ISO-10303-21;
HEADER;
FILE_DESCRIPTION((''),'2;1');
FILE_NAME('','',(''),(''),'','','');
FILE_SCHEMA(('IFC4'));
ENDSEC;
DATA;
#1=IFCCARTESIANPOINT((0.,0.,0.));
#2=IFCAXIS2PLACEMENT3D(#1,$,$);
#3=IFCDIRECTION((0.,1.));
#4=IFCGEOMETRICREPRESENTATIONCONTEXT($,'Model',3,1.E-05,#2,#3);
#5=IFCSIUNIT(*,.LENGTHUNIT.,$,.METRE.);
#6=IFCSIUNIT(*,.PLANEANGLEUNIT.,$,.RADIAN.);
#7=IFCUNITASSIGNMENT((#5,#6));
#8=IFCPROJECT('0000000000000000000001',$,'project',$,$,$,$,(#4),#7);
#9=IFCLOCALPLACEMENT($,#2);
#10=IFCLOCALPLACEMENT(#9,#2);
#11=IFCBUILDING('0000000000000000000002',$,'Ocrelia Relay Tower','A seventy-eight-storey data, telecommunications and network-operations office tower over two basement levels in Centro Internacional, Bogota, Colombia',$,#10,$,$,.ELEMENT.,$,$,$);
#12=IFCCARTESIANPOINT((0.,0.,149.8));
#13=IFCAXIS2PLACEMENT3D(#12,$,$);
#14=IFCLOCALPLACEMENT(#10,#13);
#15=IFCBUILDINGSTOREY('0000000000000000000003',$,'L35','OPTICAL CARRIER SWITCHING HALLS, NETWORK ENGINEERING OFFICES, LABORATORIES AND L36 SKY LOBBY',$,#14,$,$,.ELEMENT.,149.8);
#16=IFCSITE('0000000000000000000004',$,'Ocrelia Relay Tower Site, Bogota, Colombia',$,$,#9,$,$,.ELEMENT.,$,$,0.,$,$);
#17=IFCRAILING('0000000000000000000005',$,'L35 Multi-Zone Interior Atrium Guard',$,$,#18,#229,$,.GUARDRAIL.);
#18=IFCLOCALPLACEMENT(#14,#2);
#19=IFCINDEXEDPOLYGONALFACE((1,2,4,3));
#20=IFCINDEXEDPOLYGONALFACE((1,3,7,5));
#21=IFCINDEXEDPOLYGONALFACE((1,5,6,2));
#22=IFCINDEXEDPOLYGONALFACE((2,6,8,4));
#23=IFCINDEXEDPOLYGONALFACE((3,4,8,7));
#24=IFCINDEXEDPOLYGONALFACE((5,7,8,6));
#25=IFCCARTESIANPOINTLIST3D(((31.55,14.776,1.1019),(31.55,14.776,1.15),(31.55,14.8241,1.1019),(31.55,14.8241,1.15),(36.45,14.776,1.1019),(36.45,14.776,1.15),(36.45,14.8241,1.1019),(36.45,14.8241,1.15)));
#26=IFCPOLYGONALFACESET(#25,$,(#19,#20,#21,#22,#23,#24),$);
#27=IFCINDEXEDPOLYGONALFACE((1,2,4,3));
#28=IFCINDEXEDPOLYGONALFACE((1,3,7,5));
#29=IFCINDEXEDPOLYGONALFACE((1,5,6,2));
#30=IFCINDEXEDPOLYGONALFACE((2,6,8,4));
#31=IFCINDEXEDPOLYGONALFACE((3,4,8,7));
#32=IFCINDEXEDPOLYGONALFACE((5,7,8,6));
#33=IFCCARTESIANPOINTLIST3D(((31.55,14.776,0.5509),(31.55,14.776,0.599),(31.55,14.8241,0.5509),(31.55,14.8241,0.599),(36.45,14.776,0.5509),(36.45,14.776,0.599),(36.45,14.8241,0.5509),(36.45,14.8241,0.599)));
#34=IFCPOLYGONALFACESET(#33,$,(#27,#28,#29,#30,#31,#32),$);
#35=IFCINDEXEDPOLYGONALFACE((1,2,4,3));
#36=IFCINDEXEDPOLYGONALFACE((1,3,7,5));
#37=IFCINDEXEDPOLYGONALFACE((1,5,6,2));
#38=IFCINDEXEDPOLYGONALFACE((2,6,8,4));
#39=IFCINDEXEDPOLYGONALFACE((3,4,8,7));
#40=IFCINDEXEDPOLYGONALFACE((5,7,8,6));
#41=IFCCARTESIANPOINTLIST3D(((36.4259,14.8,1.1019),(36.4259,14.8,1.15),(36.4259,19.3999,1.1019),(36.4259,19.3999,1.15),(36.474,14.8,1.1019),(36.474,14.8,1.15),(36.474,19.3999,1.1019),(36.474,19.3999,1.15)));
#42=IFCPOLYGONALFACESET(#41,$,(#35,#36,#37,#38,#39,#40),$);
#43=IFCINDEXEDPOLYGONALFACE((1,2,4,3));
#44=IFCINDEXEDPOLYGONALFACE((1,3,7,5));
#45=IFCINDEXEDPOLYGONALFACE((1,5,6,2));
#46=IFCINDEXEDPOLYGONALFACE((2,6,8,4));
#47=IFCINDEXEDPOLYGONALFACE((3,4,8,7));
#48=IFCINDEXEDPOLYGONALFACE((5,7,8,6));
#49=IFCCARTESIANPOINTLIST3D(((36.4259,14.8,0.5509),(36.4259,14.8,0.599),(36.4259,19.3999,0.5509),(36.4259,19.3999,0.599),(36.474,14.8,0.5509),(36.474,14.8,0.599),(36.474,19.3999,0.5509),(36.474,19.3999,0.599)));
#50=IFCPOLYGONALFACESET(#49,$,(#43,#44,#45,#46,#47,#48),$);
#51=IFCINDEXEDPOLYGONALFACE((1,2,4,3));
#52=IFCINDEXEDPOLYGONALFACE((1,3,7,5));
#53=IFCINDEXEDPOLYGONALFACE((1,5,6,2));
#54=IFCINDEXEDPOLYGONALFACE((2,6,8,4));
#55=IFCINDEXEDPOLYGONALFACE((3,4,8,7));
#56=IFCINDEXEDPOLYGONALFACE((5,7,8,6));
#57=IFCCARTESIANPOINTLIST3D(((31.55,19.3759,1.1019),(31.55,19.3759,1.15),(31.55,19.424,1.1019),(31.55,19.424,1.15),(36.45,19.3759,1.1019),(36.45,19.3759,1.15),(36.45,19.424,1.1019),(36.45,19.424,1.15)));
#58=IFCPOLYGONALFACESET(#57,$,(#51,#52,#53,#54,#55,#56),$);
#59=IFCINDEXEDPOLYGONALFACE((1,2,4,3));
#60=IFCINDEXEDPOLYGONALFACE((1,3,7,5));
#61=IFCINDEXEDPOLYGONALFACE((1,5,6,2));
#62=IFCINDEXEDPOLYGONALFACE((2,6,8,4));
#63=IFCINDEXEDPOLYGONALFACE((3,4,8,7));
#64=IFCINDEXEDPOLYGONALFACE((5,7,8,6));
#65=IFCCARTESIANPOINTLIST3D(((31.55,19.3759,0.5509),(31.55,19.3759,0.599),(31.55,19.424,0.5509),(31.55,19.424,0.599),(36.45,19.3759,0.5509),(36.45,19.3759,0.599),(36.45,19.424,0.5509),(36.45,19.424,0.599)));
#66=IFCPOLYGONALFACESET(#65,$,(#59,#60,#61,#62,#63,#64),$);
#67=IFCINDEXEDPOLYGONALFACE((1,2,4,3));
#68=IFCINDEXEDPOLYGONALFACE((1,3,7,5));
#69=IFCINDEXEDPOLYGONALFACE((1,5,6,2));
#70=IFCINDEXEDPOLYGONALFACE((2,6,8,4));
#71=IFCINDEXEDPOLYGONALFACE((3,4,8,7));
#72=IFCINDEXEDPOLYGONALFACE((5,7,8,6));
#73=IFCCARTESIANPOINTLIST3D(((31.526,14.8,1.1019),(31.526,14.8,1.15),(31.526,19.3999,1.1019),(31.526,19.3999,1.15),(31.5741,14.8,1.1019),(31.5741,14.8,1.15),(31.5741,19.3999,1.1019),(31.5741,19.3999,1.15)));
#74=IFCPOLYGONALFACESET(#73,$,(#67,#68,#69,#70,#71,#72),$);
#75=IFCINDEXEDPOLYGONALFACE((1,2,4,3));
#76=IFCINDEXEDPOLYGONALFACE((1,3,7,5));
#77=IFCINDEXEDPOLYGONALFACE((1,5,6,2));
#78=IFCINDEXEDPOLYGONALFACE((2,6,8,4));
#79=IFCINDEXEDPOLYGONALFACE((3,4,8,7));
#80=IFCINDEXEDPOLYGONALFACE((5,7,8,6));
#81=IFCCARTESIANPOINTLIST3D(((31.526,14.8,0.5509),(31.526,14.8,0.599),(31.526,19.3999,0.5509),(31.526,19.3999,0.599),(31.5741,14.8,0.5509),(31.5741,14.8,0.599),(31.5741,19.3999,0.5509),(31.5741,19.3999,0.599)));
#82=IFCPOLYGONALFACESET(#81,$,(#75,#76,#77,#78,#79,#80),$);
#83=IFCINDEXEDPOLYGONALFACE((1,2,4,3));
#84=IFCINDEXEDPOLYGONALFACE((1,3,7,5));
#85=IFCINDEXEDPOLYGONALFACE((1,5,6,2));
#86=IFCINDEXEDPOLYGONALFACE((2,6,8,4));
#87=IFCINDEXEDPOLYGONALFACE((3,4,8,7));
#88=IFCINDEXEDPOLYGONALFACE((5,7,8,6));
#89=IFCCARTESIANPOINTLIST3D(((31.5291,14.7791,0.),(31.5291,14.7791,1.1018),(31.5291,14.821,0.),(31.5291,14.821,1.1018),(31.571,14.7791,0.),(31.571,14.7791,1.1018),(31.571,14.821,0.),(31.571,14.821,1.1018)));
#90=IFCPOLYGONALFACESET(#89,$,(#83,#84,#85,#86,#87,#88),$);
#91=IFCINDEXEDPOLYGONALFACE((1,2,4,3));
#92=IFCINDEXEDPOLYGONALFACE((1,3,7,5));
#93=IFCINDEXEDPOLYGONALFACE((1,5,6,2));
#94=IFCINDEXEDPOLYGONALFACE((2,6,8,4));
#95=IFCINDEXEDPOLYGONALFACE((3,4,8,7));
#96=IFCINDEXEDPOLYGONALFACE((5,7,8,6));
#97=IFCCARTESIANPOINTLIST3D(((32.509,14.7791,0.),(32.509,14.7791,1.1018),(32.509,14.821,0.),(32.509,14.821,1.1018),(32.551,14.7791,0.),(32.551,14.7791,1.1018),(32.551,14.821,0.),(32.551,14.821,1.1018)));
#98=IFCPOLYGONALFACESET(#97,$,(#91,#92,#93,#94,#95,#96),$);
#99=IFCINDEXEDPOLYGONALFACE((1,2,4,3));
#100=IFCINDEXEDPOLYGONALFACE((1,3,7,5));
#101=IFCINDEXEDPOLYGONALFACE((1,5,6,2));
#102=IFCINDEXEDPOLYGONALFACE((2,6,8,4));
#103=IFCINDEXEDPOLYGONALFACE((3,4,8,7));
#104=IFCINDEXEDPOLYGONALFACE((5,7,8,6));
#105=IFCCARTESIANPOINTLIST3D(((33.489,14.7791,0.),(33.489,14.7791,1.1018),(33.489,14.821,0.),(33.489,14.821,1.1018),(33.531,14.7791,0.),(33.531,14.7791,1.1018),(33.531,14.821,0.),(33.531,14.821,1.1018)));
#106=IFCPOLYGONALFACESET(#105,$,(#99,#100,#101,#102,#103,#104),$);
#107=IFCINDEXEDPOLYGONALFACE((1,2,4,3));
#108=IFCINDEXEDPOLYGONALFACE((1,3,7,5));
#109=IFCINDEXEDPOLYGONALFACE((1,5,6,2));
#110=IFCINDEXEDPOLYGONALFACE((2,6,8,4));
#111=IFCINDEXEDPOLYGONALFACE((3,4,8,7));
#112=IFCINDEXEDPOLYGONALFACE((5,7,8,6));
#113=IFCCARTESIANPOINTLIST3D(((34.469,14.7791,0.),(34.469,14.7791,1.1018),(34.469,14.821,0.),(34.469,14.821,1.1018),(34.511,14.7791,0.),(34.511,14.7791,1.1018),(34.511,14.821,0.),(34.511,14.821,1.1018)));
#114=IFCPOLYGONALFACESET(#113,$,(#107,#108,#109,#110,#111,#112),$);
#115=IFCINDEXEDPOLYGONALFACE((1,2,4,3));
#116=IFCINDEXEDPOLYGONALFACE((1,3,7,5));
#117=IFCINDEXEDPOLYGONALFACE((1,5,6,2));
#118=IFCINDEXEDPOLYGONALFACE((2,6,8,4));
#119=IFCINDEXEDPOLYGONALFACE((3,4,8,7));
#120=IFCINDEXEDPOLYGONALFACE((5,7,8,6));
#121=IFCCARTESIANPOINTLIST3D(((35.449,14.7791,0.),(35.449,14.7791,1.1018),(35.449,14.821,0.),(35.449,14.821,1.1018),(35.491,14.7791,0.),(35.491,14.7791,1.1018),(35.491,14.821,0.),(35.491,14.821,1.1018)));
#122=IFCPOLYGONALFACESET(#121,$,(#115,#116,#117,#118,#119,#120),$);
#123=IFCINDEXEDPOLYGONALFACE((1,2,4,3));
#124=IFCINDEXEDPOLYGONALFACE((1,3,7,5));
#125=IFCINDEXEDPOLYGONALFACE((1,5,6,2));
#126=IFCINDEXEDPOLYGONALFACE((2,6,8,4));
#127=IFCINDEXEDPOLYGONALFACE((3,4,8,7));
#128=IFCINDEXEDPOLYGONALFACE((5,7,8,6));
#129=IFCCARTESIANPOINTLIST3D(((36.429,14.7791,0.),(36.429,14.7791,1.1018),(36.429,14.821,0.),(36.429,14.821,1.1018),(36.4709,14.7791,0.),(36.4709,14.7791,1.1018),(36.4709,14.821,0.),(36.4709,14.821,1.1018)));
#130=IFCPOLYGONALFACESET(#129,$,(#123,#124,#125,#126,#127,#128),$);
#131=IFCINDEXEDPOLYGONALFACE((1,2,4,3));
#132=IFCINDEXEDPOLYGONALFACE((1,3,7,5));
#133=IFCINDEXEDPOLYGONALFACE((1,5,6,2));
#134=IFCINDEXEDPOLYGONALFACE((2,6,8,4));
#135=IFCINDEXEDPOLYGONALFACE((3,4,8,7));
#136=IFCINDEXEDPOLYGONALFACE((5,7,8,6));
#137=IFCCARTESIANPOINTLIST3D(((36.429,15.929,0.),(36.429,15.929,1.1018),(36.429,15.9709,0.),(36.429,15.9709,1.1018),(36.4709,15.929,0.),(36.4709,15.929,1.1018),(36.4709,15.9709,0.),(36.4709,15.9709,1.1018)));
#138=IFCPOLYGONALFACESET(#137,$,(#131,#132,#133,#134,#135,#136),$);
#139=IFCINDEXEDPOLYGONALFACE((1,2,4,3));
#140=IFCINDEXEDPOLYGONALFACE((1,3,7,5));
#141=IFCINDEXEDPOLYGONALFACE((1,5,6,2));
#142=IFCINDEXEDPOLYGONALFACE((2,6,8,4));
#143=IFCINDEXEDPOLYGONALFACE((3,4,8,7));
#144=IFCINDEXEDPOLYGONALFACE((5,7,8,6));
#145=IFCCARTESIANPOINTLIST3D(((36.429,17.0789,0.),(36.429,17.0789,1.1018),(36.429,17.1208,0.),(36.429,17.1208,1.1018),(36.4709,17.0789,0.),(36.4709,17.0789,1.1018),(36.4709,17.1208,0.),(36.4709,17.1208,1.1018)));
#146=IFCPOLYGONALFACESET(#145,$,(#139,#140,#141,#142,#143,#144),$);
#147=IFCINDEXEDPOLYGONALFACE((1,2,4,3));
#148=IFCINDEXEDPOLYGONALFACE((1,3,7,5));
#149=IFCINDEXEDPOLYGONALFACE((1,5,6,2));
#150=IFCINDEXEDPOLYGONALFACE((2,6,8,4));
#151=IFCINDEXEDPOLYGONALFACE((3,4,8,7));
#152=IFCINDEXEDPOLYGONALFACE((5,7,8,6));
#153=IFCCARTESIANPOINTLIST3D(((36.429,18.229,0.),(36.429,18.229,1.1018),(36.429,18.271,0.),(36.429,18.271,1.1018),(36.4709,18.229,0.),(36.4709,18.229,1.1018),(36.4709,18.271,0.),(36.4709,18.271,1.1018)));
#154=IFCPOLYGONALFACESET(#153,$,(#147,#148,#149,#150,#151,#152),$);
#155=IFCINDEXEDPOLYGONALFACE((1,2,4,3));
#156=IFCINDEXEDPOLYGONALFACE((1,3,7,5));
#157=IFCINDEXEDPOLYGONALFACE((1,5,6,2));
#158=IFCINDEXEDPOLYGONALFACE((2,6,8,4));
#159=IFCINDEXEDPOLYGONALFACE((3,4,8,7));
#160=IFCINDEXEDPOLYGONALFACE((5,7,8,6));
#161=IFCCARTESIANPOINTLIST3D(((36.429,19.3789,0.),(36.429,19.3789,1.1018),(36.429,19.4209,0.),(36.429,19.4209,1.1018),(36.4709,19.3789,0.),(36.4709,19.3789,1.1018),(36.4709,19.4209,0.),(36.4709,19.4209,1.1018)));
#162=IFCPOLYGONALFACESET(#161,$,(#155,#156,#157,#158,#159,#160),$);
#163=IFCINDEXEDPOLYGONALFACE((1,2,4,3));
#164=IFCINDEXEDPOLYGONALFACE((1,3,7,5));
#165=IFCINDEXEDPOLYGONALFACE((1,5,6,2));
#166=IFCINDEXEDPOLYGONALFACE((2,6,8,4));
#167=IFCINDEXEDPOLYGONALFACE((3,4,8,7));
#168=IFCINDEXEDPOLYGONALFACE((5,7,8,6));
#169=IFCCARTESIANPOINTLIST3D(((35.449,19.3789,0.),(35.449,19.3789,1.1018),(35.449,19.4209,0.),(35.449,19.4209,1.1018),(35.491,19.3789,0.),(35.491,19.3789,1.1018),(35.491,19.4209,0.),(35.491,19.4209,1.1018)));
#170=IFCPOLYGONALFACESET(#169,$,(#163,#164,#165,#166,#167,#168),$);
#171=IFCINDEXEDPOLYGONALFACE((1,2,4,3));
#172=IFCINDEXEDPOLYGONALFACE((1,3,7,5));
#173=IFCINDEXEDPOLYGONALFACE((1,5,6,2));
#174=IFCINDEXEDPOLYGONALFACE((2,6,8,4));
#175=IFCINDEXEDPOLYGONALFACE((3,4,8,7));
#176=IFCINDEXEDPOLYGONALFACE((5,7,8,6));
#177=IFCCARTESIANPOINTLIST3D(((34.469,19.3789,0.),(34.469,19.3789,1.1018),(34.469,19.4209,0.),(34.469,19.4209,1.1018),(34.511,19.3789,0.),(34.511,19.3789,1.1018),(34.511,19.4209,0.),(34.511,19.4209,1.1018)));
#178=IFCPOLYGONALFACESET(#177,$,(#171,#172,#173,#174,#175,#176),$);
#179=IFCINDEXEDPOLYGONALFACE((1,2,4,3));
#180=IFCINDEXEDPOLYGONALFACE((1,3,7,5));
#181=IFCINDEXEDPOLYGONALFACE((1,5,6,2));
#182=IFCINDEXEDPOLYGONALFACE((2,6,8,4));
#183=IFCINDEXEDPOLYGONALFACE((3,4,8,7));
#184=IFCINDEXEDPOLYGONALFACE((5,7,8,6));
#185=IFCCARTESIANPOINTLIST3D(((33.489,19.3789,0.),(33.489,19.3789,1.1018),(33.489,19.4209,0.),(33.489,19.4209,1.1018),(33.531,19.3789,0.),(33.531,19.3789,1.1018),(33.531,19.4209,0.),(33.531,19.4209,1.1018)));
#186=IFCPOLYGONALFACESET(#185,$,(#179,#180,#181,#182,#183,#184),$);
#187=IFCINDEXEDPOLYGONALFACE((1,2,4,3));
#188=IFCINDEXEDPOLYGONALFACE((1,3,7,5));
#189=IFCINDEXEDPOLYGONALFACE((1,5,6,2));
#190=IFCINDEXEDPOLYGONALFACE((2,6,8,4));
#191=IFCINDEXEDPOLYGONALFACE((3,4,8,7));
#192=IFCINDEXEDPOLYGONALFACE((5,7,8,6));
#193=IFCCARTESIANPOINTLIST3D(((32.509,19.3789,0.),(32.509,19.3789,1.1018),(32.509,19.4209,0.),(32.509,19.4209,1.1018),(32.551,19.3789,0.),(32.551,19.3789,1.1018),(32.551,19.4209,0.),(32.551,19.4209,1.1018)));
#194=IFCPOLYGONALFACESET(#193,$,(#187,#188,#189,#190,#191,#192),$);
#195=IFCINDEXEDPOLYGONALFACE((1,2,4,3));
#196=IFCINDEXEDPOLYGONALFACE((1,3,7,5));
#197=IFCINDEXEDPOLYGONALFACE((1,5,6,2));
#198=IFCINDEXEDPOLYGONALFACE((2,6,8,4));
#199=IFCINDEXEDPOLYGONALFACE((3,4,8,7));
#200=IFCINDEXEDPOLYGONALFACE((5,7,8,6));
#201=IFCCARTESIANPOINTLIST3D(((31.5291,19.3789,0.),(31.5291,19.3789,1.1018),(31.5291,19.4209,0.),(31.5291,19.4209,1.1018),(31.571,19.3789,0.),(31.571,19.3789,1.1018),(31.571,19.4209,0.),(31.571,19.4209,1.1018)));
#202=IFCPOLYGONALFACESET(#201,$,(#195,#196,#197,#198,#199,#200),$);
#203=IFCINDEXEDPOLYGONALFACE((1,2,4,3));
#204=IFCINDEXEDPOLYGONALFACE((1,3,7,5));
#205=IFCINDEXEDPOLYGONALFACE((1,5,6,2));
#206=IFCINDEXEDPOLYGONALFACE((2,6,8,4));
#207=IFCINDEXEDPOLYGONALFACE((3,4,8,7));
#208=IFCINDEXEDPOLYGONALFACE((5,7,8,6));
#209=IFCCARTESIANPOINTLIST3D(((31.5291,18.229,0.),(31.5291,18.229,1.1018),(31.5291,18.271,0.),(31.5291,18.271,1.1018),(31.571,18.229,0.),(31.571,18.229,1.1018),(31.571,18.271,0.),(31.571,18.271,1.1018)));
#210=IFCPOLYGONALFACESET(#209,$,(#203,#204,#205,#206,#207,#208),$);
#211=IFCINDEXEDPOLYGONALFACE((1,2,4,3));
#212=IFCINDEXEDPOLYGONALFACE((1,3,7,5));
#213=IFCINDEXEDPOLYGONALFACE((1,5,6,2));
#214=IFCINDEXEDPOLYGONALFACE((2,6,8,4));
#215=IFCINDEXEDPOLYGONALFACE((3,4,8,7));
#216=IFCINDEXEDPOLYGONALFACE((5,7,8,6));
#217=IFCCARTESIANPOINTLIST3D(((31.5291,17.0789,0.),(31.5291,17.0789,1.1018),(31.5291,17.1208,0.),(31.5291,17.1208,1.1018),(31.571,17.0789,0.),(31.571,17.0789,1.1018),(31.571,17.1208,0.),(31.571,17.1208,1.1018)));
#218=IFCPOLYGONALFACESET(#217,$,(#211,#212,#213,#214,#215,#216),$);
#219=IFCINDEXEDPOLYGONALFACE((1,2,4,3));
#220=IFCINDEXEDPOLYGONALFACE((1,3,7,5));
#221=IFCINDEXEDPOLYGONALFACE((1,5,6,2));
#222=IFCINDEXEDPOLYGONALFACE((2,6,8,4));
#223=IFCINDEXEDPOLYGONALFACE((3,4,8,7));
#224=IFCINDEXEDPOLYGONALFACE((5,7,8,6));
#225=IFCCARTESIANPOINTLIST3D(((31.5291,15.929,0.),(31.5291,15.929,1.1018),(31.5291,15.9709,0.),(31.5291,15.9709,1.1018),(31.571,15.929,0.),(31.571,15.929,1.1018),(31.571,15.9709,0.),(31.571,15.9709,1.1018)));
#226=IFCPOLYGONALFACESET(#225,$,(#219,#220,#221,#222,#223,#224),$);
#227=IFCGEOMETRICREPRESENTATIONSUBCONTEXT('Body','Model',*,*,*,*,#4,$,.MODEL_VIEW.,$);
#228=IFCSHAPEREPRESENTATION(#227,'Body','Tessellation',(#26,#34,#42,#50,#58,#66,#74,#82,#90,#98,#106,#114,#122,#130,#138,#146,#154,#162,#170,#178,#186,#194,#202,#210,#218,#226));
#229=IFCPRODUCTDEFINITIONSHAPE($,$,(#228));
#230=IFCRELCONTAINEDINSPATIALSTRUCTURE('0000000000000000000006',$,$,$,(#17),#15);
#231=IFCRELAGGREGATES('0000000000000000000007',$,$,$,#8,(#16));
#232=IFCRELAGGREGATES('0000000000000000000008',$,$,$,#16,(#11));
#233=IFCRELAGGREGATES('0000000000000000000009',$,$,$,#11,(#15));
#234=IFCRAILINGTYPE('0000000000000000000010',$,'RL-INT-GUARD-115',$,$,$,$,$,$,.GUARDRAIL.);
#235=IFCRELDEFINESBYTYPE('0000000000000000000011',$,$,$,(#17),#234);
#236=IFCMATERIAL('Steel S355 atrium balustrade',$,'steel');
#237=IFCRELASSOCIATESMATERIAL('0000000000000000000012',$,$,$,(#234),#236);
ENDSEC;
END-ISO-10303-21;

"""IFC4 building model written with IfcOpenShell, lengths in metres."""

from ifc_helpers import new_model, si_unit, direction, frame, origin, origin_2d, place, context, subcontext, project, spatial, rectangle, extrude, material, type_object, element, save


model = new_model("IFC4")

# Units and contexts
model_context = context("Model", 3, precision=1e-05, world=origin(), true_north=direction((0.0, 1.0)))
body_context = subcontext(model_context, "Body", "Model", "MODEL_VIEW")
ifc_project = project(units=[si_unit("LENGTHUNIT", "METRE"), si_unit("PLANEANGLEUNIT", "RADIAN")], contexts=[model_context])

# Site, building, storey
site_placement = place(None, origin())
site = spatial("IfcSite", under=ifc_project, at=site_placement, Name="Ocrelia Relay Tower Site, Bogota, Colombia", CompositionType="ELEMENT", RefElevation=0.0)
building_placement = place(site_placement, origin())
building = spatial("IfcBuilding", under=site, at=building_placement, Name="Ocrelia Relay Tower", Description="A seventy-eight-storey data, telecommunications and network-operations office tower over two basement levels in Centro Internacional, Bogota, Colombia", CompositionType="ELEMENT")
storey_placement = place(building_placement, frame((0.0, 0.0, 149.8)))
storey = spatial("IfcBuildingStorey", under=building, at=storey_placement, Name="L35", Description="OPTICAL CARRIER SWITCHING HALLS, NETWORK ENGINEERING OFFICES, LABORATORIES AND L36 SKY LOBBY", CompositionType="ELEMENT", Elevation=149.8)

# Railing
ifc_material_1 = material(Name="Steel S355 atrium balustrade", Category="steel")
railing_type_1 = type_object("IfcRailingType", Name="RL-INT-GUARD-115", PredefinedType="GUARDRAIL", material=ifc_material_1)
railing_1_placement = place(storey_placement, frame((31.55, 14.8, 0.0)))
element("IfcRailing", 1, at=railing_1_placement, inside=storey, type_object=railing_type_1, Name="L35 Multi-Zone Interior Atrium Guard", PredefinedType="GUARDRAIL", context=body_context, shape_type="SweptSolid", body=[
    extrude(rectangle(XDim=0.0481, YDim=0.0481, at=origin_2d()), frame((0.0, 0.0, 1.126), z_axis=(1.0, 0.0, 0.0), x_axis=(0.0, 1.0, 0.0)), (0.0, 0.0, 1.0), 4.8999),
    extrude(rectangle(XDim=0.0481, YDim=0.0481, at=origin_2d()), frame((0.0, 0.0, 0.575), z_axis=(1.0, 0.0, 0.0), x_axis=(0.0, 1.0, 0.0)), (0.0, 0.0, 1.0), 4.8999),
    extrude(rectangle(XDim=0.0481, YDim=0.0481, at=origin_2d()), frame((4.8999, 0.0, 1.126), z_axis=(0.0, 1.0, 0.0), x_axis=(-1.0, 0.0, 0.0)), (0.0, 0.0, 1.0), 4.5999),
    extrude(rectangle(XDim=0.0481, YDim=0.0481, at=origin_2d()), frame((4.8999, 0.0, 0.575), z_axis=(0.0, 1.0, 0.0), x_axis=(-1.0, 0.0, 0.0)), (0.0, 0.0, 1.0), 4.5999),
    extrude(rectangle(XDim=0.0481, YDim=0.0481, at=origin_2d()), frame((4.8999, 4.5999, 1.126), z_axis=(-1.0, 0.0, 0.0), x_axis=(0.0, -1.0, 0.0)), (0.0, 0.0, 1.0), 4.8999),
    extrude(rectangle(XDim=0.0481, YDim=0.0481, at=origin_2d()), frame((4.8999, 4.5999, 0.575), z_axis=(-1.0, 0.0, 0.0), x_axis=(0.0, -1.0, 0.0)), (0.0, 0.0, 1.0), 4.8999),
    extrude(rectangle(XDim=0.0481, YDim=0.0481, at=origin_2d()), frame((0.0, 4.5999, 1.126), z_axis=(0.0, -1.0, 0.0), x_axis=(1.0, 0.0, 0.0)), (0.0, 0.0, 1.0), 4.5999),
    extrude(rectangle(XDim=0.0481, YDim=0.0481, at=origin_2d()), frame((0.0, 4.5999, 0.575), z_axis=(0.0, -1.0, 0.0), x_axis=(1.0, 0.0, 0.0)), (0.0, 0.0, 1.0), 4.5999),
    extrude(rectangle(XDim=0.042, YDim=0.042, at=origin_2d()), origin(), (0.0, 0.0, 1.0), 1.1018),
    extrude(rectangle(XDim=0.042, YDim=0.042, at=origin_2d()), frame((0.98, 0.0, 0.0)), (0.0, 0.0, 1.0), 1.1018),
    extrude(rectangle(XDim=0.042, YDim=0.042, at=origin_2d()), frame((1.96, 0.0, 0.0)), (0.0, 0.0, 1.0), 1.1018),
    extrude(rectangle(XDim=0.042, YDim=0.042, at=origin_2d()), frame((2.9399, 0.0, 0.0)), (0.0, 0.0, 1.0), 1.1018),
    extrude(rectangle(XDim=0.042, YDim=0.042, at=origin_2d()), frame((3.9199, 0.0, 0.0)), (0.0, 0.0, 1.0), 1.1018),
    extrude(rectangle(XDim=0.042, YDim=0.042, at=origin_2d()), frame((4.8999, 0.0, 0.0)), (0.0, 0.0, 1.0), 1.1018),
    extrude(rectangle(XDim=0.042, YDim=0.042, at=origin_2d()), frame((4.8999, 1.1499, 0.0)), (0.0, 0.0, 1.0), 1.1018),
    extrude(rectangle(XDim=0.042, YDim=0.042, at=origin_2d()), frame((4.8999, 2.2998, 0.0)), (0.0, 0.0, 1.0), 1.1018),
    extrude(rectangle(XDim=0.042, YDim=0.042, at=origin_2d()), frame((4.8999, 3.45, 0.0)), (0.0, 0.0, 1.0), 1.1018),
    extrude(rectangle(XDim=0.042, YDim=0.042, at=origin_2d()), frame((4.8999, 4.5999, 0.0)), (0.0, 0.0, 1.0), 1.1018),
    extrude(rectangle(XDim=0.042, YDim=0.042, at=origin_2d()), frame((3.9199, 4.5999, 0.0)), (0.0, 0.0, 1.0), 1.1018),
    extrude(rectangle(XDim=0.042, YDim=0.042, at=origin_2d()), frame((2.9399, 4.5999, 0.0)), (0.0, 0.0, 1.0), 1.1018),
    extrude(rectangle(XDim=0.042, YDim=0.042, at=origin_2d()), frame((1.96, 4.5999, 0.0)), (0.0, 0.0, 1.0), 1.1018),
    extrude(rectangle(XDim=0.042, YDim=0.042, at=origin_2d()), frame((0.98, 4.5999, 0.0)), (0.0, 0.0, 1.0), 1.1018),
    extrude(rectangle(XDim=0.042, YDim=0.042, at=origin_2d()), frame((0.0, 4.5999, 0.0)), (0.0, 0.0, 1.0), 1.1018),
    extrude(rectangle(XDim=0.042, YDim=0.042, at=origin_2d()), frame((0.0, 3.45, 0.0)), (0.0, 0.0, 1.0), 1.1018),
    extrude(rectangle(XDim=0.042, YDim=0.042, at=origin_2d()), frame((0.0, 2.2998, 0.0)), (0.0, 0.0, 1.0), 1.1018),
    extrude(rectangle(XDim=0.042, YDim=0.042, at=origin_2d()), frame((0.0, 1.1499, 0.0)), (0.0, 0.0, 1.0), 1.1018),
])

save(model, "model.ifc")
